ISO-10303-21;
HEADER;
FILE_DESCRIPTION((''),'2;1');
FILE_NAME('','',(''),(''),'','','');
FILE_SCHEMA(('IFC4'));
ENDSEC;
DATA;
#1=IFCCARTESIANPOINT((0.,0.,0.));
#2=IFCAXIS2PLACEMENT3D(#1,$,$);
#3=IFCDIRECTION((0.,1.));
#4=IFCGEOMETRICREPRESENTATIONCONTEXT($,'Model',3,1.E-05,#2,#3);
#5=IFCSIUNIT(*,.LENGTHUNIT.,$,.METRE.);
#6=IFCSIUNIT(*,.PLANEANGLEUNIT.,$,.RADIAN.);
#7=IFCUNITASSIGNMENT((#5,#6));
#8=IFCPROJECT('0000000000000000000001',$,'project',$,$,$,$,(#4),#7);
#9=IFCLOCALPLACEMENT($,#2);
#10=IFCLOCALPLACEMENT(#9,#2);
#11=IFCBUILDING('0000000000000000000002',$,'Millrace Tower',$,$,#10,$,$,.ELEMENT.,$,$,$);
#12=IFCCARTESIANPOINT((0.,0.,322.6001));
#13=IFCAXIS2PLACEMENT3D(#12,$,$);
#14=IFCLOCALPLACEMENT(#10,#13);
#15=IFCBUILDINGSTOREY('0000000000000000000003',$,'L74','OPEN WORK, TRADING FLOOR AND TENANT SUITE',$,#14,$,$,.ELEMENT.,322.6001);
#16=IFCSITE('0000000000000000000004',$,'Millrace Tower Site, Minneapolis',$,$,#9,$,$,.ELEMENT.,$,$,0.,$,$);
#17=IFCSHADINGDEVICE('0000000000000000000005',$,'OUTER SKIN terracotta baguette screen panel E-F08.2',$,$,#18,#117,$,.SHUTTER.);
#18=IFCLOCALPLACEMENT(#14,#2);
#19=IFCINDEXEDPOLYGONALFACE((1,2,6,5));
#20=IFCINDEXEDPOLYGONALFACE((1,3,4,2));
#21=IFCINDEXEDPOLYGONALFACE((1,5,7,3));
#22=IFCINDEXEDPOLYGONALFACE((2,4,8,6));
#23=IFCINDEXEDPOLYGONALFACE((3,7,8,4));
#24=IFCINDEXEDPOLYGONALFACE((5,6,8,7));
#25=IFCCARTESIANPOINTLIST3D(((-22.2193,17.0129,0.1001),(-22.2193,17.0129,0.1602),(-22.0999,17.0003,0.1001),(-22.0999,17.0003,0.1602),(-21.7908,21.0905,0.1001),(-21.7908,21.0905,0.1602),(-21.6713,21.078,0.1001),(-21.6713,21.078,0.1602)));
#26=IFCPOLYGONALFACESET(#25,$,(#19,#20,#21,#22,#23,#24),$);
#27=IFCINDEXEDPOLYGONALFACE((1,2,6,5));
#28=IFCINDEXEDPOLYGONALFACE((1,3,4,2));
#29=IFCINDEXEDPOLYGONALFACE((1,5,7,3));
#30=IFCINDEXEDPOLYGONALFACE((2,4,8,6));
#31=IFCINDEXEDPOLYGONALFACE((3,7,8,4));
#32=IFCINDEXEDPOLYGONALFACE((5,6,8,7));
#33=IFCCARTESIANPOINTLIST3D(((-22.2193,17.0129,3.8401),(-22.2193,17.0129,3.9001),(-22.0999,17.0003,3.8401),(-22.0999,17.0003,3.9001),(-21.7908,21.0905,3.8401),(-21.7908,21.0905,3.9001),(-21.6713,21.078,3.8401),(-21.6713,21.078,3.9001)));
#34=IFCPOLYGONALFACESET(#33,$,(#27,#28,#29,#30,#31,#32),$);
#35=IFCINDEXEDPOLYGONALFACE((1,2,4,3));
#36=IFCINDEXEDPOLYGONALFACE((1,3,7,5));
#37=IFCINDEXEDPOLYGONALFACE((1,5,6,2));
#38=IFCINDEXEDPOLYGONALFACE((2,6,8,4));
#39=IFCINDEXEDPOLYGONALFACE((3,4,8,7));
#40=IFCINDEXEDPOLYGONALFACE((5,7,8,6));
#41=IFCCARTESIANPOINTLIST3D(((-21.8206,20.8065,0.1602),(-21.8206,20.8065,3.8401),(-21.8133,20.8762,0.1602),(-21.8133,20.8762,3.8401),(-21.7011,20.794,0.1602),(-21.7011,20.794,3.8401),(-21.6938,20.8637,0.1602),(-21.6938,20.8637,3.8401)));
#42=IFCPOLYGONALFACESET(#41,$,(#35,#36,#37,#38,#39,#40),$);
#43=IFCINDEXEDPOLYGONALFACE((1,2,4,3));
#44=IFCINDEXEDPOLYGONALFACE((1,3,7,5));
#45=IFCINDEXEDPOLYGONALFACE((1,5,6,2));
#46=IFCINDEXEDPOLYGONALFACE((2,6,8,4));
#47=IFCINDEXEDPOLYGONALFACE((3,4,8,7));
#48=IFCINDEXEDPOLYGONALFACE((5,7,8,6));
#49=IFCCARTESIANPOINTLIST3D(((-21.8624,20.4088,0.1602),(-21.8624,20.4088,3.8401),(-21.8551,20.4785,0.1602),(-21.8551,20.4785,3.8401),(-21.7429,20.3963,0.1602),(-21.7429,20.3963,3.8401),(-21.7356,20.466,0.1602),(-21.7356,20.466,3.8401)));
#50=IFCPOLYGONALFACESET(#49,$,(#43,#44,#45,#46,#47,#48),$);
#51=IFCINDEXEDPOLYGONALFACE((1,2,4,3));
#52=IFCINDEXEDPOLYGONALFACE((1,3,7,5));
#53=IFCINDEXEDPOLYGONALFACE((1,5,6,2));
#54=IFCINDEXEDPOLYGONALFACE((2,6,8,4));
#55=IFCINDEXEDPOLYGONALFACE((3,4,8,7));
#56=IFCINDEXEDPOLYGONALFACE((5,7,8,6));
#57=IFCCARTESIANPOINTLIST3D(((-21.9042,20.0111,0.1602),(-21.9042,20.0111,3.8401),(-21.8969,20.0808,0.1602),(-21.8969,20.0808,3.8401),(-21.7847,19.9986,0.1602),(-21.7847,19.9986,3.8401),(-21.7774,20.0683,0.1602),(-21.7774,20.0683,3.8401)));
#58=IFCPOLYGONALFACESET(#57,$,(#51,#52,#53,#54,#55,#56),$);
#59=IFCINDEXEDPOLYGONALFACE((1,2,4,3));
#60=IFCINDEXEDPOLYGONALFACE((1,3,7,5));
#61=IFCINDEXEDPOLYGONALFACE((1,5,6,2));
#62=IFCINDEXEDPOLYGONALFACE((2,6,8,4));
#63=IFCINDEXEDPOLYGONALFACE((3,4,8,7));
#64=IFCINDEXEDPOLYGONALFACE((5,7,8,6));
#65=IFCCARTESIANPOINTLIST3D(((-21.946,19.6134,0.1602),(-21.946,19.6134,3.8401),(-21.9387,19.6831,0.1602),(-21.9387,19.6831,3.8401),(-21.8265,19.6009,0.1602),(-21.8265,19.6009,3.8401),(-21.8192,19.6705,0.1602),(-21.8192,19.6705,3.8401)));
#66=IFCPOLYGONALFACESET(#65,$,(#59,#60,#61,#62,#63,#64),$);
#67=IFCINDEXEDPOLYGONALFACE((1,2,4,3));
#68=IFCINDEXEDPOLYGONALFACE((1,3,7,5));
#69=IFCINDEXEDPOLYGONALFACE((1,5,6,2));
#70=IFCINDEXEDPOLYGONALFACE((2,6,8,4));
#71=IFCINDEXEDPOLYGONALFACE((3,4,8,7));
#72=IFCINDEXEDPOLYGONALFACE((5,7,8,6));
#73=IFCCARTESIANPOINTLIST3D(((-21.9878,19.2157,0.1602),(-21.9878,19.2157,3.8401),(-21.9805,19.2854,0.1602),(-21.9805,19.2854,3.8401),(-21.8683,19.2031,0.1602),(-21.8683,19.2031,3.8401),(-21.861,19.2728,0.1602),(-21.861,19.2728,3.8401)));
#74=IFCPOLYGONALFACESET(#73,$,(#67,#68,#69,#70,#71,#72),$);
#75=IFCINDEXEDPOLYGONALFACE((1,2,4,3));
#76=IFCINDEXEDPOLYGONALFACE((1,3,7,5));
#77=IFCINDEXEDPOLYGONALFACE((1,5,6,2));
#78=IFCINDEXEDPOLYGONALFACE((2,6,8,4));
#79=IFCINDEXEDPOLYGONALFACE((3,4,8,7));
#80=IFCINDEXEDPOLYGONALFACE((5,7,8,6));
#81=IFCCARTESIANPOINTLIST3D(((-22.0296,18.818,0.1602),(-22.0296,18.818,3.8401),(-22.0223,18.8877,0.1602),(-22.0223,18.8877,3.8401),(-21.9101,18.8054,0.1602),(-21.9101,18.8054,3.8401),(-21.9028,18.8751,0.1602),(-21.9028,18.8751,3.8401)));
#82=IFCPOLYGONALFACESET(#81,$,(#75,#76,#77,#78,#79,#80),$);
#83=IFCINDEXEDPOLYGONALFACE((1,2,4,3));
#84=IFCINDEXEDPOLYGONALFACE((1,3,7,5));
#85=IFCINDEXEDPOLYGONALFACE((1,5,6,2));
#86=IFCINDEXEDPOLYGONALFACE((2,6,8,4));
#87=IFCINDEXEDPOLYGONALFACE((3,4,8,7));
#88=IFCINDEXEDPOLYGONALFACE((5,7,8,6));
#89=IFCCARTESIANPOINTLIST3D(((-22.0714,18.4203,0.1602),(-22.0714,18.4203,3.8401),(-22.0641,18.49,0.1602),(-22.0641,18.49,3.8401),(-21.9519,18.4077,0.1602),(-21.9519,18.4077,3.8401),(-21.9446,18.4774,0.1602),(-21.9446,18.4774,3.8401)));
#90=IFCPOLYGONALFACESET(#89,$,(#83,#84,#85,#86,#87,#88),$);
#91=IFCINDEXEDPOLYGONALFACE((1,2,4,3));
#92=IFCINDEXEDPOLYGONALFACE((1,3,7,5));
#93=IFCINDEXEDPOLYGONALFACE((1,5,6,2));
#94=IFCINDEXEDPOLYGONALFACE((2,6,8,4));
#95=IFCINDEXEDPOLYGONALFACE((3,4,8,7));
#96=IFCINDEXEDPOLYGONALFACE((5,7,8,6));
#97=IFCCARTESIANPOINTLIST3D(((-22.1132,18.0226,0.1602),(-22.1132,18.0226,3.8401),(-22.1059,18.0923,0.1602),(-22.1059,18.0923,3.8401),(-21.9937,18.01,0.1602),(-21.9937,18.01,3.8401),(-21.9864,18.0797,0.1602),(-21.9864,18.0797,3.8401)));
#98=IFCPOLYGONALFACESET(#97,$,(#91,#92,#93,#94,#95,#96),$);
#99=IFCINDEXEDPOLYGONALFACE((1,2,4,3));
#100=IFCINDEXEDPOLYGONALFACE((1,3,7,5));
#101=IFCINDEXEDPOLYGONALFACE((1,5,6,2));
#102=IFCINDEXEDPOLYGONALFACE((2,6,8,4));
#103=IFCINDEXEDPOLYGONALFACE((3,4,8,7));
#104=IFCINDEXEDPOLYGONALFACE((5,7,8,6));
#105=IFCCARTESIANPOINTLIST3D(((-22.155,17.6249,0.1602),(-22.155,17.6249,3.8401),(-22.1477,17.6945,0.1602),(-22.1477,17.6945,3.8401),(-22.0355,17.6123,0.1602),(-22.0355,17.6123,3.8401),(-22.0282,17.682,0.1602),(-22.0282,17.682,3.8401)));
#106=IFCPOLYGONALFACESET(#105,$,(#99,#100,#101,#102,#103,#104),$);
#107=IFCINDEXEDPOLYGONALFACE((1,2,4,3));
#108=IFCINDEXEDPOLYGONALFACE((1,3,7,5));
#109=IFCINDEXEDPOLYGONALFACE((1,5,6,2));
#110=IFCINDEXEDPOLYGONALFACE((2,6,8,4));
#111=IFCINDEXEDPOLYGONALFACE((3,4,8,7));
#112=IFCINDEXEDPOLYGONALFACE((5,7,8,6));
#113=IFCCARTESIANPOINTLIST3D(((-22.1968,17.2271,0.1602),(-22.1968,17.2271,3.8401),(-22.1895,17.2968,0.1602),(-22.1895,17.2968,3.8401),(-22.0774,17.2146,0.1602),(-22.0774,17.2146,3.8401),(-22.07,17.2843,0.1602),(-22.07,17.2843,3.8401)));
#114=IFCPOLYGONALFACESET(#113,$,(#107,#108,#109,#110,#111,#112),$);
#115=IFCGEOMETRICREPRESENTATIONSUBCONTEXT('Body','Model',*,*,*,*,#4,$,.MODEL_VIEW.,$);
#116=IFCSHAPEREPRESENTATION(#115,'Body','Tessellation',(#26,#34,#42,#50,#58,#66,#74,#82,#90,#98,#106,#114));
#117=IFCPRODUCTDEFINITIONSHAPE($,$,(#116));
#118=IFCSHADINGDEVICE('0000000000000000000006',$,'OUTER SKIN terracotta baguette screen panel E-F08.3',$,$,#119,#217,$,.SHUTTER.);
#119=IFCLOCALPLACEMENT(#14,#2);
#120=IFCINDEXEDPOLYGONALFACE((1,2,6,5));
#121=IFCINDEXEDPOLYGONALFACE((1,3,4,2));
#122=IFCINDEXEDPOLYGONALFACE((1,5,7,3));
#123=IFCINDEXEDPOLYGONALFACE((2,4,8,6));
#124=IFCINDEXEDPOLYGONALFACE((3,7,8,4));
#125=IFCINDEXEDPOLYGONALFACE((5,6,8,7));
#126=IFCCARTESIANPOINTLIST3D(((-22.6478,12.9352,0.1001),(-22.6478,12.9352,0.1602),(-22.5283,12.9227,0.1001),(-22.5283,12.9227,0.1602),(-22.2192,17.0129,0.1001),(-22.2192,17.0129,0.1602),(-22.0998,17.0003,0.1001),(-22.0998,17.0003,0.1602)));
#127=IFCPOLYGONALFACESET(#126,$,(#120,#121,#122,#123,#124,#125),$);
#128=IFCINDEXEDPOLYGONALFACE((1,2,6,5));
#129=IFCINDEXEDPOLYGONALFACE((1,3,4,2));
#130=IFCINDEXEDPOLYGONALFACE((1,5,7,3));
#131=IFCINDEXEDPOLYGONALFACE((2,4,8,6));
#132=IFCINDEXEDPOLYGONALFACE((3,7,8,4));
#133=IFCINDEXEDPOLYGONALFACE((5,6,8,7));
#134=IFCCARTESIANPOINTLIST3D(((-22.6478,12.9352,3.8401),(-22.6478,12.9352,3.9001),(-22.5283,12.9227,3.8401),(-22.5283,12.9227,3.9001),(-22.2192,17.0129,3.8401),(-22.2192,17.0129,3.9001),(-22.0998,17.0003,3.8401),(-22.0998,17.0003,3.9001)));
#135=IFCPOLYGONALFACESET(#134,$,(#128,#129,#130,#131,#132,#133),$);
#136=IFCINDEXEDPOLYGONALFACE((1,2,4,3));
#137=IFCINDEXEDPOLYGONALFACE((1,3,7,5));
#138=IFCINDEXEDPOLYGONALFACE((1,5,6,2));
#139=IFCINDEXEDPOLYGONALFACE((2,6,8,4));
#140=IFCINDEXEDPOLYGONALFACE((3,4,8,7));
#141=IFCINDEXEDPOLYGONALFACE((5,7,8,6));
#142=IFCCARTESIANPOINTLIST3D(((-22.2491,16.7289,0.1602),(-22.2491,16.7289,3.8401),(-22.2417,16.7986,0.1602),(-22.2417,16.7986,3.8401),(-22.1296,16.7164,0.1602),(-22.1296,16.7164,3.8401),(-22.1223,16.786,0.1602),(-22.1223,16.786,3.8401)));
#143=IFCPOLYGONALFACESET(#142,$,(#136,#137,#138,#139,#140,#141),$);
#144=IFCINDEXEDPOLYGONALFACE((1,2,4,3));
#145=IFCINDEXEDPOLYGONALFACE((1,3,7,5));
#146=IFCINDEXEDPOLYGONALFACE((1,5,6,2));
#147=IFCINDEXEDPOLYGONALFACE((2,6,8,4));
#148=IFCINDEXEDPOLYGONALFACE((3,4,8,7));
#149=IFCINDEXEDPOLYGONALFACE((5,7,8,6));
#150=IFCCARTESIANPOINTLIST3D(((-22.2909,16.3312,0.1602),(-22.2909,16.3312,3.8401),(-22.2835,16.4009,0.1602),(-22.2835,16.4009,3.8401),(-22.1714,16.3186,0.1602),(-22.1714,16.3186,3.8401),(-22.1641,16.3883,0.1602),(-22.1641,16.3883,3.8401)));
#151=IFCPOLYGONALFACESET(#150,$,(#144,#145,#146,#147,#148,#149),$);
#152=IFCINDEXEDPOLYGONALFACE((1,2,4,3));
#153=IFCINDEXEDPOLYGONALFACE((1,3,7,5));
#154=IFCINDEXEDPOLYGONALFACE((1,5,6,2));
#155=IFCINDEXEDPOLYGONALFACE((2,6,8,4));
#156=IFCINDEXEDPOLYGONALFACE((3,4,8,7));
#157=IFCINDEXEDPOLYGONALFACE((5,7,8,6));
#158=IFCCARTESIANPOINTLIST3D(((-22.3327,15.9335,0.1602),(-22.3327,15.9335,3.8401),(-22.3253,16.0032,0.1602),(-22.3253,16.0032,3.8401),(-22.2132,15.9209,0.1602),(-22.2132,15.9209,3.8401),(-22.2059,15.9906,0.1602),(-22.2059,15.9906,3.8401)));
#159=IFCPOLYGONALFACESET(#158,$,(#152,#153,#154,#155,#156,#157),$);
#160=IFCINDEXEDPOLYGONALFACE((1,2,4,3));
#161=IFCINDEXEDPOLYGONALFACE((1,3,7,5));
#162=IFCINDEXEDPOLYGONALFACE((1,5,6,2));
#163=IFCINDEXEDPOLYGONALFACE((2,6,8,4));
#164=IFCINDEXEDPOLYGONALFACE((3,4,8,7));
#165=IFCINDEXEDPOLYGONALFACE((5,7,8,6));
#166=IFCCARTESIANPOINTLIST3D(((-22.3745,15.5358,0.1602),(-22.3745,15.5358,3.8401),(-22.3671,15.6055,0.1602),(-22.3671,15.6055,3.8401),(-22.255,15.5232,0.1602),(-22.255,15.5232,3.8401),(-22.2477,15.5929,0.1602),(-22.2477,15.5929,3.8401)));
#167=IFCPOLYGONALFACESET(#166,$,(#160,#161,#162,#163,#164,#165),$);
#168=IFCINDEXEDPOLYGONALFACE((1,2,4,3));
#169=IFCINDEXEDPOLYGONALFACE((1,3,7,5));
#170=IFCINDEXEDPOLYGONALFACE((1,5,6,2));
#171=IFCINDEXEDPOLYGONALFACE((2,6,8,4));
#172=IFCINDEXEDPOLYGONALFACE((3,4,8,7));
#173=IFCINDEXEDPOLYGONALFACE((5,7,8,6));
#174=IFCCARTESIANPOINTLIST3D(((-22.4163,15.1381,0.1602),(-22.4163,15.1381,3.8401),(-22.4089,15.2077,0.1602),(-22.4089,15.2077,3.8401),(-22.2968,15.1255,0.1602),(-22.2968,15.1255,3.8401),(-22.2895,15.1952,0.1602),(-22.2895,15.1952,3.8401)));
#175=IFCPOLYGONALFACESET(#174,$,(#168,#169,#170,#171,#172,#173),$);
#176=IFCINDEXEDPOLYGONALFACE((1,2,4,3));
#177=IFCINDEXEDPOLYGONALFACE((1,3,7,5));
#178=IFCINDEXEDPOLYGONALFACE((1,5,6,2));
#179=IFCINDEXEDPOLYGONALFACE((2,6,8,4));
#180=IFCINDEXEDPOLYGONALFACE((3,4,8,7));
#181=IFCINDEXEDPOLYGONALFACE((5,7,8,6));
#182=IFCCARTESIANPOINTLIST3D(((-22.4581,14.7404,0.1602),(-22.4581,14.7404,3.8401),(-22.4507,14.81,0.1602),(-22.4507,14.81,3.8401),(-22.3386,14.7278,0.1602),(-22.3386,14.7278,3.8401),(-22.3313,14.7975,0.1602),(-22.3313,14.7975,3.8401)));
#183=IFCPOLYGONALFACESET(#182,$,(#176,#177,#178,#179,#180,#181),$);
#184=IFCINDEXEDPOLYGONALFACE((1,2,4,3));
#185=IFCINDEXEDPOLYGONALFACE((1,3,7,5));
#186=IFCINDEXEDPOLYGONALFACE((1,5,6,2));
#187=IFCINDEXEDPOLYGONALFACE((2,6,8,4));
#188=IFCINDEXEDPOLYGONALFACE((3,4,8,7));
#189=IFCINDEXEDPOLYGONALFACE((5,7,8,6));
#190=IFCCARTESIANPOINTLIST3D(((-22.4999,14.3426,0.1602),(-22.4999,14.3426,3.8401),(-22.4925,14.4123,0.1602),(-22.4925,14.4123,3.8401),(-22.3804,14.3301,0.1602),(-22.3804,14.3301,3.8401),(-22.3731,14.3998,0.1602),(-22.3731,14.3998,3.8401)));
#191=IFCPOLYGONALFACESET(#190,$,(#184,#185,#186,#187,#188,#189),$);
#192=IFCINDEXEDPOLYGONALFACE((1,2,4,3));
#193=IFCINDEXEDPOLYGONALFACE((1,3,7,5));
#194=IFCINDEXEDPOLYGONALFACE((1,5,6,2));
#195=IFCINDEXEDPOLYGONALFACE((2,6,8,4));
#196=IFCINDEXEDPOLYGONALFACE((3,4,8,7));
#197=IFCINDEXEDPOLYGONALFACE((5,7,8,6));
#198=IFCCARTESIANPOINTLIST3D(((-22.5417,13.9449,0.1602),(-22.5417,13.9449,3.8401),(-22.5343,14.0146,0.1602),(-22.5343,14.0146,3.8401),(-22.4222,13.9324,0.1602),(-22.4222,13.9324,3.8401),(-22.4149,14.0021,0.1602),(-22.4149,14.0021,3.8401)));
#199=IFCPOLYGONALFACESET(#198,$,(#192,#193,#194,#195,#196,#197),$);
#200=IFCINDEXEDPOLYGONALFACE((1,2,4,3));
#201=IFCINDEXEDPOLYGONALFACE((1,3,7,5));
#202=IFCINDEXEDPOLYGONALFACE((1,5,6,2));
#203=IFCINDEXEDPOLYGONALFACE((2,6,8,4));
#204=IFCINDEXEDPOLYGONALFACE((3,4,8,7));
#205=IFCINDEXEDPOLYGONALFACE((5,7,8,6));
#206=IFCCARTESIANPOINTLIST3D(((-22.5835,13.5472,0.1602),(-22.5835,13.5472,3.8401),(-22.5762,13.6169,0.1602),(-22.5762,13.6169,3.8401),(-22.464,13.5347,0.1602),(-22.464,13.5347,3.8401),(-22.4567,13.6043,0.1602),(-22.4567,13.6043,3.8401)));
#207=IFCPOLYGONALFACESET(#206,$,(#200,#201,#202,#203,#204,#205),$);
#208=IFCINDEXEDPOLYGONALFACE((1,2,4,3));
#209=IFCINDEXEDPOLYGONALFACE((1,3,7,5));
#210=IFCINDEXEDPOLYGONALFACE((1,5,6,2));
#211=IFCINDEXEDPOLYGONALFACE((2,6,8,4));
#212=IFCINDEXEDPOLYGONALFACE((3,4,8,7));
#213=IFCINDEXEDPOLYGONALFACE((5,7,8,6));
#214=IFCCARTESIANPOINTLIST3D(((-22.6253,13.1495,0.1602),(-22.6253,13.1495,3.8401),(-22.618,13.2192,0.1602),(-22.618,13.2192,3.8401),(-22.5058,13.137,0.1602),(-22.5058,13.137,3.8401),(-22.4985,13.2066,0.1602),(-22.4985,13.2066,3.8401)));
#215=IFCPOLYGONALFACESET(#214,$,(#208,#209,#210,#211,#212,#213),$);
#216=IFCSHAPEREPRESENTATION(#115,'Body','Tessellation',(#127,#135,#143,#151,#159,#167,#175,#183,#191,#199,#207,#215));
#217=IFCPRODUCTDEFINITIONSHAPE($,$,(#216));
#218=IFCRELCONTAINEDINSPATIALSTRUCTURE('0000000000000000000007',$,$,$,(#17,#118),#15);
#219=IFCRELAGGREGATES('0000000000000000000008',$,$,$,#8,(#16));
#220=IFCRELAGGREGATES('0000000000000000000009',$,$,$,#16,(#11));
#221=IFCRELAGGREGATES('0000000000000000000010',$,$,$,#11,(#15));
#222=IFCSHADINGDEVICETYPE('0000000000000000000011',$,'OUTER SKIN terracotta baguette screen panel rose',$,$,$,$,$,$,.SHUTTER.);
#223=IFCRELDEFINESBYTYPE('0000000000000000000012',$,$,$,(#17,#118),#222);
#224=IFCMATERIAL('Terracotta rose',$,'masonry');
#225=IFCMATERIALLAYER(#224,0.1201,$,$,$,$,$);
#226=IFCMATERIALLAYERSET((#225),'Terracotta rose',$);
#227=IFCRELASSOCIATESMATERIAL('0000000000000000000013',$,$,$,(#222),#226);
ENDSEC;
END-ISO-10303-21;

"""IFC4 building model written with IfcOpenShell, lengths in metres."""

from ifc_helpers import new_model, entity, si_unit, direction, frame, frame_2d, origin, place, context, subcontext, project, spatial, rectangle, extrude, source, transform, mapped, material, layer, layer_set, type_object, element, save


model = new_model("IFC4")

# Units and contexts
model_context = context("Model", 3, precision=1e-05, world=origin(), true_north=direction((0.0, 1.0)))
body_context = subcontext(model_context, "Body", "Model", "MODEL_VIEW")
ifc_project = project(units=[si_unit("LENGTHUNIT", "METRE"), si_unit("PLANEANGLEUNIT", "RADIAN")], contexts=[model_context])

# Site, building, storey
site_placement = place(None, origin())
site = spatial("IfcSite", under=ifc_project, at=site_placement, Name="Millrace Tower Site, Minneapolis", CompositionType="ELEMENT", RefElevation=0.0)
building_placement = place(site_placement, origin())
building = spatial("IfcBuilding", under=site, at=building_placement, Name="Millrace Tower", CompositionType="ELEMENT")
storey_placement = place(building_placement, frame((0.0, 0.0, 322.6001)))
storey = spatial("IfcBuildingStorey", under=building, at=storey_placement, Name="L74", Description="OPEN WORK, TRADING FLOOR AND TENANT SUITE", CompositionType="ELEMENT", Elevation=322.6001)

# Shading devices
ifc_material_1 = material(Name="Terracotta rose", Category="masonry")
ifc_layer_1 = layer(ifc_material_1, 0.1201)
ifc_layer_set_1 = layer_set([ifc_layer_1], Name="Terracotta rose")
shading_device_type = type_object("IfcShadingDeviceType", Name="OUTER SKIN terracotta baguette screen panel rose", PredefinedType="SHUTTER", material=ifc_layer_set_1)
cartesian_point_1 = entity("IfcCartesianPoint", [-2.05, 0.0601])
shared_polyline_1 = entity("IfcPolyline", [cartesian_point_1, entity("IfcCartesianPoint", [2.05, 0.0601]), entity("IfcCartesianPoint", [2.05, -0.0601]), entity("IfcCartesianPoint", [-2.05, -0.0601]), cartesian_point_1])
shared_shape_1 = source(origin(), body_context, "Body", "SweptSolid", [
    entity("IfcExtrudedAreaSolid", entity("IfcArbitraryClosedProfileDef", "AREA", None, shared_polyline_1), entity("IfcAxis2Placement3D", entity("IfcCartesianPoint", [0.0, 0.0, 0.0])), entity("IfcDirection", [0.0, 0.0, 1.0]), 0.0601),
    entity("IfcExtrudedAreaSolid", entity("IfcArbitraryClosedProfileDef", "AREA", None, shared_polyline_1), entity("IfcAxis2Placement3D", entity("IfcCartesianPoint", [0.0, 0.0, 3.74])), entity("IfcDirection", [0.0, 0.0, 1.0]), 0.0601),
    extrude(rectangle(XDim=0.0701, YDim=0.1201, at=frame_2d((-1.7996, 0.0))), frame((0.0, 0.0, 0.0601)), (0.0, 0.0, 1.0), 3.6799),
    extrude(rectangle(XDim=0.0701, YDim=0.1201, at=frame_2d((-1.3997, 0.0))), frame((0.0, 0.0, 0.0601)), (0.0, 0.0, 1.0), 3.6799),
    extrude(rectangle(XDim=0.0701, YDim=0.1201, at=frame_2d((-0.9998, 0.0))), frame((0.0, 0.0, 0.0601)), (0.0, 0.0, 1.0), 3.6799),
    extrude(rectangle(XDim=0.0701, YDim=0.1201, at=frame_2d((-0.5999, 0.0))), frame((0.0, 0.0, 0.0601)), (0.0, 0.0, 1.0), 3.6799),
    extrude(rectangle(XDim=0.0701, YDim=0.1201, at=frame_2d((-0.2, 0.0))), frame((0.0, 0.0, 0.0601)), (0.0, 0.0, 1.0), 3.6799),
    extrude(rectangle(XDim=0.0701, YDim=0.1201, at=frame_2d((0.2, 0.0))), frame((0.0, 0.0, 0.0601)), (0.0, 0.0, 1.0), 3.6799),
    extrude(rectangle(XDim=0.0701, YDim=0.1201, at=frame_2d((0.5999, 0.0))), frame((0.0, 0.0, 0.0601)), (0.0, 0.0, 1.0), 3.6799),
    extrude(rectangle(XDim=0.0701, YDim=0.1201, at=frame_2d((0.9998, 0.0))), frame((0.0, 0.0, 0.0601)), (0.0, 0.0, 1.0), 3.6799),
    extrude(rectangle(XDim=0.0701, YDim=0.1201, at=frame_2d((1.3997, 0.0))), frame((0.0, 0.0, 0.0601)), (0.0, 0.0, 1.0), 3.6799),
    extrude(rectangle(XDim=0.0701, YDim=0.1201, at=frame_2d((1.7996, 0.0))), frame((0.0, 0.0, 0.0601)), (0.0, 0.0, 1.0), 3.6799),
])
for number, where, z_axis, x_axis, name in (
    (1, (-21.9453, 19.0454, 0.1001), (0.0, 0.0, 1.0), (-0.104528, -0.994522, 0.0), "OUTER SKIN terracotta baguette screen panel E-F08.2"),
    (2, (-22.3738, 14.9678, 0.1001), (0.0, 0.0, 1.0), (-0.104528, -0.994522, 0.0), "OUTER SKIN terracotta baguette screen panel E-F08.3"),
):
    element("IfcShadingDevice", number, at=place(storey_placement, frame(where, z_axis=z_axis, x_axis=x_axis)), inside=storey, type_object=shading_device_type, Name=name, PredefinedType="SHUTTER", context=body_context, shape_type="MappedRepresentation", body=[
        mapped(shared_shape_1, transform((0.0, 0.0, 0.0), scale=1.0)),
    ])

save(model, "model.ifc")
